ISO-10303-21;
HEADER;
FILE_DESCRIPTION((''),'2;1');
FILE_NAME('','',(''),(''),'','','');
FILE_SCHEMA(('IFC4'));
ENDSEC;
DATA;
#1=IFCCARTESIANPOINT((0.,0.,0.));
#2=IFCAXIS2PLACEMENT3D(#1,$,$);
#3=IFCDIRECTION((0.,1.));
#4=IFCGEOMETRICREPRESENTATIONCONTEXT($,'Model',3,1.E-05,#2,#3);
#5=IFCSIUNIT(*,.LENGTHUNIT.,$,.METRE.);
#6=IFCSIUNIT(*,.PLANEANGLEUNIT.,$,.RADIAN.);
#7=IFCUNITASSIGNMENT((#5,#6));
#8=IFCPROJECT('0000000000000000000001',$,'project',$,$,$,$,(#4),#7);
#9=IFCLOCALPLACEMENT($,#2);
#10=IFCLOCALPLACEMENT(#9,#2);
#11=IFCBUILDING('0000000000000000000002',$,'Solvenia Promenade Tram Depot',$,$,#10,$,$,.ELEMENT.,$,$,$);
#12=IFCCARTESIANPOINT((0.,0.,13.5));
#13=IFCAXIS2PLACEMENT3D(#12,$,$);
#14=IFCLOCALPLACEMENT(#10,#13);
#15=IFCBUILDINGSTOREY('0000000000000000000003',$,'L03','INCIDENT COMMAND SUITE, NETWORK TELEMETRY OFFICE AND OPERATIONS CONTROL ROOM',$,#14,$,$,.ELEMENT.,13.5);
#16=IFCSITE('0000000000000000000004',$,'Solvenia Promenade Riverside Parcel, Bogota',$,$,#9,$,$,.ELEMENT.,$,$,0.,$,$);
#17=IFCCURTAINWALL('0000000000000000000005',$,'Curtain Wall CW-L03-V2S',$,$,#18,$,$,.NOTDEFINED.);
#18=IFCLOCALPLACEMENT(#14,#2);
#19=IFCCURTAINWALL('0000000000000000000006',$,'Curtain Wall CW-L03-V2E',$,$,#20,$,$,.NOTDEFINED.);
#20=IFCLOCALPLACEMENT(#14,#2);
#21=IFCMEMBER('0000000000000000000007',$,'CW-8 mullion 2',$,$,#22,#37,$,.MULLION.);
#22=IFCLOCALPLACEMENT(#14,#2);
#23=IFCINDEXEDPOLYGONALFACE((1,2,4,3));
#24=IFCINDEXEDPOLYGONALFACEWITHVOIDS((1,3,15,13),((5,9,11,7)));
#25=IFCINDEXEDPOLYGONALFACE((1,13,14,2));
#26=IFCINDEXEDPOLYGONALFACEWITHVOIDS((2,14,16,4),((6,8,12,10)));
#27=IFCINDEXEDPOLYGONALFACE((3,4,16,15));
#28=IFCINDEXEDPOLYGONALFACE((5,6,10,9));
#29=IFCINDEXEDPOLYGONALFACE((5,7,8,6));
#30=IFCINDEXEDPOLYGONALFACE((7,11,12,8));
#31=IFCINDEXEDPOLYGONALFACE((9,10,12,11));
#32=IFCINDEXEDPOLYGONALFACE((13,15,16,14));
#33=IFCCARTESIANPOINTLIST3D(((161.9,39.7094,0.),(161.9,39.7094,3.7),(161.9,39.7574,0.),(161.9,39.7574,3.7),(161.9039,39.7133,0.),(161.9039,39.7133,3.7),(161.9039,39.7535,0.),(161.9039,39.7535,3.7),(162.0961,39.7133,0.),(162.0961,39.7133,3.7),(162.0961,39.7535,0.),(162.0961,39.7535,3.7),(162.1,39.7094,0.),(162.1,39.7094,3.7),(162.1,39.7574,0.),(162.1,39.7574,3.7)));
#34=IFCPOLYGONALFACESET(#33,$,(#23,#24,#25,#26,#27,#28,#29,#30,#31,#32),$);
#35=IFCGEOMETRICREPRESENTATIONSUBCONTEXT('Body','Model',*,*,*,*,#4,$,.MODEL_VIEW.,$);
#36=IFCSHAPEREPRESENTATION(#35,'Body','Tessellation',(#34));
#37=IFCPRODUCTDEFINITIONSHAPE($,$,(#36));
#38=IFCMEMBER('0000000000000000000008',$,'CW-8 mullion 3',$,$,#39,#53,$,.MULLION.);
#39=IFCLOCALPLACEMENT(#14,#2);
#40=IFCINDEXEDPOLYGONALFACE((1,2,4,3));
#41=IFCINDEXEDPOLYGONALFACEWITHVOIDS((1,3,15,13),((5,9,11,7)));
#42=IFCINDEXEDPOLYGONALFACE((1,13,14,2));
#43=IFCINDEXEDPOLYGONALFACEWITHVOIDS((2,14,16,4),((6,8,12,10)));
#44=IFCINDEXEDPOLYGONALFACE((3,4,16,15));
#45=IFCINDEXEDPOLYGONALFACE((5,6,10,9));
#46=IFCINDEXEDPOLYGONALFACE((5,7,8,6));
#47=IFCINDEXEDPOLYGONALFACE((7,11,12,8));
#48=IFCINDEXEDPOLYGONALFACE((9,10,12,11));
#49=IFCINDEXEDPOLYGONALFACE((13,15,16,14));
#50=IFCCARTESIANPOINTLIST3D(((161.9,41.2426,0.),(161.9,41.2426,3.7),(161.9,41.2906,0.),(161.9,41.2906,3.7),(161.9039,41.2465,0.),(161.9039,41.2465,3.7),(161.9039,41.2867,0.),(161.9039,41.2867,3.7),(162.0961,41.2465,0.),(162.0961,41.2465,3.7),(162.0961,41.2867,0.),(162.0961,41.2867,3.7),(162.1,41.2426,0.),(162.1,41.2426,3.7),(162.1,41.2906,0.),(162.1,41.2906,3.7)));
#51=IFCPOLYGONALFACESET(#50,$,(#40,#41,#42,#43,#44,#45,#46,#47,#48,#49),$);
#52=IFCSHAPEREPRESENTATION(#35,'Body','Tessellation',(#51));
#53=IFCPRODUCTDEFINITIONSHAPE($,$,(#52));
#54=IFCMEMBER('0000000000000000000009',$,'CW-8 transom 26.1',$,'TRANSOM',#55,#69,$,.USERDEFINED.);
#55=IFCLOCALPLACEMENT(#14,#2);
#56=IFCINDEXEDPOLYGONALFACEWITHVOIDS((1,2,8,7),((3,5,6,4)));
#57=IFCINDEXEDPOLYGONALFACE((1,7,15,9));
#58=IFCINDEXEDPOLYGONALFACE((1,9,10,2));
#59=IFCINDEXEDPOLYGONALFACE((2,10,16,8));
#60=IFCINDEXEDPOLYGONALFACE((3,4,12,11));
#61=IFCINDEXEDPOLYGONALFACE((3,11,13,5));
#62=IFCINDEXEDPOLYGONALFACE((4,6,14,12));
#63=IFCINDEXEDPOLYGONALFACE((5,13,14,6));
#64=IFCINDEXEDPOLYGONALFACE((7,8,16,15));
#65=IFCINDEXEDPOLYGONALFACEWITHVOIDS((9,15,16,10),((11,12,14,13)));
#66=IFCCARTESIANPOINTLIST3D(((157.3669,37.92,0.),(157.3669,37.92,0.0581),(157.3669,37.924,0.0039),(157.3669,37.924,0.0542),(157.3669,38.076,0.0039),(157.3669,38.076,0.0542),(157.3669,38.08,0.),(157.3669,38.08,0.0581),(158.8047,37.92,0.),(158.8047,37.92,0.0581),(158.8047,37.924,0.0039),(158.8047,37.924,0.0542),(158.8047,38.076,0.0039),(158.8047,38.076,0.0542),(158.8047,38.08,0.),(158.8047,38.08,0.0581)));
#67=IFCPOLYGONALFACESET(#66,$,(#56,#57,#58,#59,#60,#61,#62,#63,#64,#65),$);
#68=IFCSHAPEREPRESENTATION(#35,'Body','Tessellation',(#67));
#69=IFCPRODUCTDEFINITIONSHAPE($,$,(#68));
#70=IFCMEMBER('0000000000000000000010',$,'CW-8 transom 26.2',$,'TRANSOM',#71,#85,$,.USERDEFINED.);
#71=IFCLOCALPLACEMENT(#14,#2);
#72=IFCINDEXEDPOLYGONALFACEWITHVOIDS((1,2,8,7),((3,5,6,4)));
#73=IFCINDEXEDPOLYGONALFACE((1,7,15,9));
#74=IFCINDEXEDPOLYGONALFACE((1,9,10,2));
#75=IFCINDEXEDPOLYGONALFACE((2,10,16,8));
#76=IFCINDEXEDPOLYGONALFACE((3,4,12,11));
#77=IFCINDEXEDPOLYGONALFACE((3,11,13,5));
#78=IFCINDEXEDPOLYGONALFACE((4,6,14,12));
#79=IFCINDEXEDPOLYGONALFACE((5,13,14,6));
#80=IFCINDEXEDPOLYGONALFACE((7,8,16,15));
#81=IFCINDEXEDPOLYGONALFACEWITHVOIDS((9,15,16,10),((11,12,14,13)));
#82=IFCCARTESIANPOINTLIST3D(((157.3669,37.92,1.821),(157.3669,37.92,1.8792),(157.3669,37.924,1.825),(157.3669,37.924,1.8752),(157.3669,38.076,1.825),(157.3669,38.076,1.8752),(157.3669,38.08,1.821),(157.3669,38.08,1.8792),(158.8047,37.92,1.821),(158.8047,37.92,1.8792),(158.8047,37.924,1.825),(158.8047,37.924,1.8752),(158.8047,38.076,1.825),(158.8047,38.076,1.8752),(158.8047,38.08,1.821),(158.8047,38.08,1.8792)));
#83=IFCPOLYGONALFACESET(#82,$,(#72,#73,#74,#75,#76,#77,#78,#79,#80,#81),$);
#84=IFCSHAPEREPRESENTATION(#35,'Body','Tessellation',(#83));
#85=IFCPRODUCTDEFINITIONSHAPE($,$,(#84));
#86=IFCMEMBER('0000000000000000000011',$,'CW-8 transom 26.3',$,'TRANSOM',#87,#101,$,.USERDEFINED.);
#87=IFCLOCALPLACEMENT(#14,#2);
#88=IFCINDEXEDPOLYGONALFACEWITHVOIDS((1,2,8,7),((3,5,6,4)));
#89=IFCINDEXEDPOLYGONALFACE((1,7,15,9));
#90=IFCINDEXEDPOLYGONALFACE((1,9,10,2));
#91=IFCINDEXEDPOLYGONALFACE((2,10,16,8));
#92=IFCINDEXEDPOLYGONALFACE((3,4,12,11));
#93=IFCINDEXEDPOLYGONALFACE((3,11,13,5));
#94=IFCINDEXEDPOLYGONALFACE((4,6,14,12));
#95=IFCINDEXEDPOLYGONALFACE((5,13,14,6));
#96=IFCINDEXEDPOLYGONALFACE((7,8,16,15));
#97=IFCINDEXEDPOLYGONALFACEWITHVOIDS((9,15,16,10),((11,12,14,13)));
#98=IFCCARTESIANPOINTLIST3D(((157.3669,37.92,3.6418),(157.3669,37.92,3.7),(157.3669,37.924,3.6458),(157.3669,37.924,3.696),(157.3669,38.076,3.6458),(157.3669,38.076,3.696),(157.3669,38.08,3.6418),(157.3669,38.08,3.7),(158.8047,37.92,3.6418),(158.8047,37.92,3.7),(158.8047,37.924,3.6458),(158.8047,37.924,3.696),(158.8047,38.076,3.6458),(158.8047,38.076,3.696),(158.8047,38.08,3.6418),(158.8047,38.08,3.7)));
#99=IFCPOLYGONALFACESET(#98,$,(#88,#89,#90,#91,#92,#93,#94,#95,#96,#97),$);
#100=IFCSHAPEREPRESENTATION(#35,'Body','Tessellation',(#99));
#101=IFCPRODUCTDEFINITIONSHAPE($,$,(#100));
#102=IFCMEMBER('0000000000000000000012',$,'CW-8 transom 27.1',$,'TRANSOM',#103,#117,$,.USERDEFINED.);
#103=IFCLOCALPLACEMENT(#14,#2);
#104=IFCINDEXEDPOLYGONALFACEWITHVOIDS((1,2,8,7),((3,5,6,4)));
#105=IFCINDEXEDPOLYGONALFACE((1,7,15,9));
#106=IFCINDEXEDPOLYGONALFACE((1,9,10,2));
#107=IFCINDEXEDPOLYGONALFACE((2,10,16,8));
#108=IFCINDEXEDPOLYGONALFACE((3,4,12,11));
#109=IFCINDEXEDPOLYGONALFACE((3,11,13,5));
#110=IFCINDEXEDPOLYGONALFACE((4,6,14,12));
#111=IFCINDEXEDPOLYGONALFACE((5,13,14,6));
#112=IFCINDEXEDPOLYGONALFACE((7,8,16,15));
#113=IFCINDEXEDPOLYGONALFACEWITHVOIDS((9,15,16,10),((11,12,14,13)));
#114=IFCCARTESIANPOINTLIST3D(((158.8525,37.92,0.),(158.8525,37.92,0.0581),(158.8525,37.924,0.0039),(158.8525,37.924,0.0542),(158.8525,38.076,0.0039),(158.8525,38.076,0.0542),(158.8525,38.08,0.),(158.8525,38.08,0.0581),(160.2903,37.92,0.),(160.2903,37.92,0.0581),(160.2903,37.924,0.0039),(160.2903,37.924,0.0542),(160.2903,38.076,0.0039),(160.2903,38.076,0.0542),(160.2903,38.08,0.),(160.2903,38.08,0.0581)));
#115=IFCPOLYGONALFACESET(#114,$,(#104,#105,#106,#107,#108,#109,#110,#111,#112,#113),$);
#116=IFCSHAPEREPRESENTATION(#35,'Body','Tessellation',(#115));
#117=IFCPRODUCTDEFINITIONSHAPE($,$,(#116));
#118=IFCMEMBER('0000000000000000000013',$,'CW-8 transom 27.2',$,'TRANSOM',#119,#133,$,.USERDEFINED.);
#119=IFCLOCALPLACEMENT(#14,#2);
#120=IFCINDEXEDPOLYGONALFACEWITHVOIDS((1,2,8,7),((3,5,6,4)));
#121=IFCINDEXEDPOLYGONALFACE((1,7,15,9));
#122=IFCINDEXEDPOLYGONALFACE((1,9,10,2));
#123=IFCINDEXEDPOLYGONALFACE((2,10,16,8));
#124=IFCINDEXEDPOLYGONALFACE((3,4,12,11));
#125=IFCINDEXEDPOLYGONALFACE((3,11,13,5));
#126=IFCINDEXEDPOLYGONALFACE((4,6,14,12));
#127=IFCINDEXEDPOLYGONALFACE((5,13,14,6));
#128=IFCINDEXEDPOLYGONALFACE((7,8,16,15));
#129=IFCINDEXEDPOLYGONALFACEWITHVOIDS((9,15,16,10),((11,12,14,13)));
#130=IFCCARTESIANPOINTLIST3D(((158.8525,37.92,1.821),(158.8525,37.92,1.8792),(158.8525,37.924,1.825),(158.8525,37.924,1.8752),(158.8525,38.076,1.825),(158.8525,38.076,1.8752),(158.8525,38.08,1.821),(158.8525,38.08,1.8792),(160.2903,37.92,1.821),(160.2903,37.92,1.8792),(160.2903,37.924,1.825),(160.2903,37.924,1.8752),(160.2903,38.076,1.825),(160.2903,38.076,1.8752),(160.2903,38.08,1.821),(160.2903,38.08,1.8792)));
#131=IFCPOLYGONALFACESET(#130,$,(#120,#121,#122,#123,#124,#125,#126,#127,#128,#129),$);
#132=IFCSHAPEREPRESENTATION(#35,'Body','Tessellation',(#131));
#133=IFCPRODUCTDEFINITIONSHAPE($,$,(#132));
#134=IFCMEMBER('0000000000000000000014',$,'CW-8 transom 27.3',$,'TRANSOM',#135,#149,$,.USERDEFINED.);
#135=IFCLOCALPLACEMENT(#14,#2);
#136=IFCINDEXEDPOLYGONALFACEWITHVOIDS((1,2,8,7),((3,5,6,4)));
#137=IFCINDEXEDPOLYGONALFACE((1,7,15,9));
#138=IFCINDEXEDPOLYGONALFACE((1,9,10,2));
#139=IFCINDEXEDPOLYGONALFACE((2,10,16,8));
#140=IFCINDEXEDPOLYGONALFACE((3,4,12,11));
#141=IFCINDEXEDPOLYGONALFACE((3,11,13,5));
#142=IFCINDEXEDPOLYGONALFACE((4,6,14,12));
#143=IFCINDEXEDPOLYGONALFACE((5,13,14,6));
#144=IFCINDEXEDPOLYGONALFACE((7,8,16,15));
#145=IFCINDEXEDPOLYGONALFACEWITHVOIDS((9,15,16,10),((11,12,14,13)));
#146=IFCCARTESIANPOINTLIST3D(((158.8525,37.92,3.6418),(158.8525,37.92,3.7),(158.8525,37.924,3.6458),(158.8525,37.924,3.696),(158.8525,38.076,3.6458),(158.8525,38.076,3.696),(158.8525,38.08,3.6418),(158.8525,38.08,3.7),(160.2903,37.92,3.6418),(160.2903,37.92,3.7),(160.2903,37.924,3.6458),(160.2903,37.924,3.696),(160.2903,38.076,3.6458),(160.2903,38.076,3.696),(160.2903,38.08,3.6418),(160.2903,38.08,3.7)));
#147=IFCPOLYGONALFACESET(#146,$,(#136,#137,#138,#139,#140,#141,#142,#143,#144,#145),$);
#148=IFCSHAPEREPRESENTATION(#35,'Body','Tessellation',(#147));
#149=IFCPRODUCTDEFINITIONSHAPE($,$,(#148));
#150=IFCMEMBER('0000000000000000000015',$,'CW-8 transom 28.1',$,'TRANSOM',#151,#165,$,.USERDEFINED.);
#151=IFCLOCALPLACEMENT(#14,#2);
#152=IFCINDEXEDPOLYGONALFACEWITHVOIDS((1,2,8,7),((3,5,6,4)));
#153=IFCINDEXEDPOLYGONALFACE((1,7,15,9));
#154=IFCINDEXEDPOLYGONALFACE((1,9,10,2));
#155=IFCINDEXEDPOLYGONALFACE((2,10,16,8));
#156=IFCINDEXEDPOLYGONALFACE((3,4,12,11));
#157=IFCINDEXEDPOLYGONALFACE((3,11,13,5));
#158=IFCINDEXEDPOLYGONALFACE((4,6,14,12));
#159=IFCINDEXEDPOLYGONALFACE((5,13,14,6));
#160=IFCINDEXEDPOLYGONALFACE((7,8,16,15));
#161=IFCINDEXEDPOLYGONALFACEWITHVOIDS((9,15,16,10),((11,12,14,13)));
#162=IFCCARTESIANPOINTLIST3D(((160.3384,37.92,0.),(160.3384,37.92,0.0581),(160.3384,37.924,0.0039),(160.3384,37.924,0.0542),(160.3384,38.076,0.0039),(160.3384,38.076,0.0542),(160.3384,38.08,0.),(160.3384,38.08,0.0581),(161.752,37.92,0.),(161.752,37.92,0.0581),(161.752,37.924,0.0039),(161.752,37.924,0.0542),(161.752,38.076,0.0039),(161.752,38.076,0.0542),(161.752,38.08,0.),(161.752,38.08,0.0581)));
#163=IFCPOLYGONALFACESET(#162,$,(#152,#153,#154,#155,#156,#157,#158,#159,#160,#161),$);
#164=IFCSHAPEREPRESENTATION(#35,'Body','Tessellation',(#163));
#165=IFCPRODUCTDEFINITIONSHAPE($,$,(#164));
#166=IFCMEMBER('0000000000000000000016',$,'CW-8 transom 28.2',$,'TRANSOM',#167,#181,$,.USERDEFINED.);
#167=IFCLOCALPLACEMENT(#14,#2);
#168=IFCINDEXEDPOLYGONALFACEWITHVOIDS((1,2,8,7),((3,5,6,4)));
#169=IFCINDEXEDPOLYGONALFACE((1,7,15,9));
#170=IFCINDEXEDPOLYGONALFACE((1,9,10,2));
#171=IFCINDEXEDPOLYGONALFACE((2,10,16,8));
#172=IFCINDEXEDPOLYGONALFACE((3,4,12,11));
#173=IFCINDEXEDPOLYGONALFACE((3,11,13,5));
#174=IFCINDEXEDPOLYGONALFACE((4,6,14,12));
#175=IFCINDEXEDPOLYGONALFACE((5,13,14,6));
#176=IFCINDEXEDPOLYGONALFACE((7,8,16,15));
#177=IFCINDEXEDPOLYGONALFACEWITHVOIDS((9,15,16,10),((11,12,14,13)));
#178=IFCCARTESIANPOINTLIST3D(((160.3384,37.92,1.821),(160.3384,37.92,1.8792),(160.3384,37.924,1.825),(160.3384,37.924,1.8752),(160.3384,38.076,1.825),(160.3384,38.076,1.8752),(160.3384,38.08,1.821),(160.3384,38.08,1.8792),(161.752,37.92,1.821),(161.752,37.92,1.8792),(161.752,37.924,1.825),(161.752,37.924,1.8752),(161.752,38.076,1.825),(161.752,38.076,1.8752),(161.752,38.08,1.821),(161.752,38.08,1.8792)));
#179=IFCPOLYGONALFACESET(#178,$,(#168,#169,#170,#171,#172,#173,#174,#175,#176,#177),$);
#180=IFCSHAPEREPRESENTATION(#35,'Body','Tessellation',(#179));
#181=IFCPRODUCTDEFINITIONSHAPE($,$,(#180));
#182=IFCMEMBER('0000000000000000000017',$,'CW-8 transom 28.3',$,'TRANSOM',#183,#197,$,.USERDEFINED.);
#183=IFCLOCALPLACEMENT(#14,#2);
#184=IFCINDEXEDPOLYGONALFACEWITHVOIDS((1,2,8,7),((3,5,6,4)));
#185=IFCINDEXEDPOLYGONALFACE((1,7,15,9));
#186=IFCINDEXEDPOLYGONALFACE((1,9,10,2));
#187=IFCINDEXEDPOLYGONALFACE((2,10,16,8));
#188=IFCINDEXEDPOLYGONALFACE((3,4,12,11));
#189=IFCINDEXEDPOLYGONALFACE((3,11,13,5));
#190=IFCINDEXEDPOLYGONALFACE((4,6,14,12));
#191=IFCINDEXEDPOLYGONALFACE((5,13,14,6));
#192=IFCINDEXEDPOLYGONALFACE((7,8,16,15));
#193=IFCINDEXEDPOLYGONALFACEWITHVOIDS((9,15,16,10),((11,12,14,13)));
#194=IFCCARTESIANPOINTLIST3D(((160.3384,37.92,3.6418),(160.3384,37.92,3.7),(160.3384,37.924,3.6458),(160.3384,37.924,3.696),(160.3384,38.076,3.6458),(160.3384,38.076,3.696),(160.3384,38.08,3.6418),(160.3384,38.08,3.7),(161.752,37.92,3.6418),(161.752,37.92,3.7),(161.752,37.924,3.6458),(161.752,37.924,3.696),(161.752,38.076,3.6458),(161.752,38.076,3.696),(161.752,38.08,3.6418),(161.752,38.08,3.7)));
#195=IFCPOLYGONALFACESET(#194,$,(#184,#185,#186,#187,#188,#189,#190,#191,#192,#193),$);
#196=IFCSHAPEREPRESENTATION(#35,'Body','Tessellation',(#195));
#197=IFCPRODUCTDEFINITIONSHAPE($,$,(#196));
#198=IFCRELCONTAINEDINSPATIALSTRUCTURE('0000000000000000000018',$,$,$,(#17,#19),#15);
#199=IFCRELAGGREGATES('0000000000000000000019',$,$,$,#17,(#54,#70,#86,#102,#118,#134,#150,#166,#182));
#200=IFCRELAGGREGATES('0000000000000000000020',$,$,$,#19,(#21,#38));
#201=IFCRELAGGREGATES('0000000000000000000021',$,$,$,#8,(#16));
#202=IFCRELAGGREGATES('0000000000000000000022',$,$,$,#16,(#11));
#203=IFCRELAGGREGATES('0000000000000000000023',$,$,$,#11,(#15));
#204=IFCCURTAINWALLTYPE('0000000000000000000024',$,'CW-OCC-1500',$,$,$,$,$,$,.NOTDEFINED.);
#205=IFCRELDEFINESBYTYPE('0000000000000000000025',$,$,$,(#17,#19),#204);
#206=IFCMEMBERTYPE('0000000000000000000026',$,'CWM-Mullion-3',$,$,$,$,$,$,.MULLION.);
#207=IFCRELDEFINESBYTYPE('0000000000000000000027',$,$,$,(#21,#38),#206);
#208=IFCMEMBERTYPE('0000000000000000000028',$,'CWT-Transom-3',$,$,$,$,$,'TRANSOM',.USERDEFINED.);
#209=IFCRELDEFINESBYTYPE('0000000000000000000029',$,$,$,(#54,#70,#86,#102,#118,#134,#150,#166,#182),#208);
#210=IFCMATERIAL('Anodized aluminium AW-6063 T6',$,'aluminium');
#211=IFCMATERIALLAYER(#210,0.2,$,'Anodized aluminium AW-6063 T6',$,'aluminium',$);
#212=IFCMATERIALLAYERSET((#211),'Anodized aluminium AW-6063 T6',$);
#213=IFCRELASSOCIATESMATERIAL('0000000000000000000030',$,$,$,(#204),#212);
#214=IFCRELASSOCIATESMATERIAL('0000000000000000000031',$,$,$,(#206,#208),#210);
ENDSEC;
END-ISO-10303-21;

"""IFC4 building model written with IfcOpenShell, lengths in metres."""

from ifc_helpers import new_model, si_unit, direction, frame, origin, origin_2d, place, context, subcontext, project, spatial, hollow_rectangle, extrude, material, layer, layer_set, material_profile, profile_set, type_object, element, aggregate, save


model = new_model("IFC4")

# Units and contexts
model_context = context("Model", 3, precision=1e-05, world=origin(), true_north=direction((0.0, 1.0)))
body_context = subcontext(model_context, "Body", "Model", "MODEL_VIEW")
ifc_project = project(units=[si_unit("LENGTHUNIT", "METRE"), si_unit("PLANEANGLEUNIT", "RADIAN")], contexts=[model_context])

# Site, building, storey
site_placement = place(None, origin())
site = spatial("IfcSite", under=ifc_project, at=site_placement, Name="Solvenia Promenade Riverside Parcel, Bogota", CompositionType="ELEMENT", RefElevation=0.0)
building_placement = place(site_placement, origin())
building = spatial("IfcBuilding", under=site, at=building_placement, Name="Solvenia Promenade Tram Depot", CompositionType="ELEMENT")
storey_placement = place(building_placement, frame((0.0, 0.0, 13.5)))
storey = spatial("IfcBuildingStorey", under=building, at=storey_placement, Name="L03", Description="INCIDENT COMMAND SUITE, NETWORK TELEMETRY OFFICE AND OPERATIONS CONTROL ROOM", CompositionType="ELEMENT", Elevation=13.5)

# Curtain walls, members
ifc_material_1 = material(Name="Anodized aluminium AW-6063 T6", Category="aluminium")
ifc_layer_1 = layer(ifc_material_1, 0.2, Name="Anodized aluminium AW-6063 T6", Category="aluminium")
ifc_layer_set_1 = layer_set([ifc_layer_1], Name="Anodized aluminium AW-6063 T6")
curtain_wall_type = type_object("IfcCurtainWallType", Name="CW-OCC-1500", PredefinedType="NOTDEFINED", material=ifc_layer_set_1)
curtain_wall_1_placement = place(storey_placement, origin())
curtain_wall_1 = element("IfcCurtainWall", 1, at=curtain_wall_1_placement, inside=storey, type_object=curtain_wall_type, Name="Curtain Wall CW-L03-V2S", PredefinedType="NOTDEFINED")
ifc_material_profile_1 = material_profile(ifc_material_1, hollow_rectangle(XDim=0.2, YDim=0.0481, WallThickness=0.0039, at=origin_2d()), Name="ALU-M3", Category="aluminium")
ifc_profile_set_1 = profile_set([ifc_material_profile_1], Name="Anodized aluminium AW-6063 T6")
member_type_1 = type_object("IfcMemberType", Name="CWM-Mullion-3", PredefinedType="MULLION", material=ifc_profile_set_1)
curtain_wall_2_placement = place(storey_placement, origin())
curtain_wall_2 = element("IfcCurtainWall", 2, at=curtain_wall_2_placement, inside=storey, type_object=curtain_wall_type, Name="Curtain Wall CW-L03-V2E", PredefinedType="NOTDEFINED")
member_1_placement = place(storey_placement, frame((162.0, 39.7334, 0.0), z_axis=(0.0, 0.0, 1.0), x_axis=(-1.0, 0.0, 0.0)))
member_1 = element("IfcMember", 3, at=member_1_placement, type_object=member_type_1, Name="CW-8 mullion 2", PredefinedType="MULLION", context=body_context, shape_type="SweptSolid", body=[
    extrude(hollow_rectangle(XDim=0.2, YDim=0.0481, WallThickness=0.0039, at=origin_2d()), origin(), (0.0, 0.0, 1.0), 3.7),
])
member_2_placement = place(storey_placement, frame((162.0, 41.2666, 0.0), z_axis=(0.0, 0.0, 1.0), x_axis=(-1.0, 0.0, 0.0)))
member_2 = element("IfcMember", 4, at=member_2_placement, type_object=member_type_1, Name="CW-8 mullion 3", PredefinedType="MULLION", context=body_context, shape_type="SweptSolid", body=[
    extrude(hollow_rectangle(XDim=0.2, YDim=0.0481, WallThickness=0.0039, at=origin_2d()), origin(), (0.0, 0.0, 1.0), 3.7),
])

# Members
ifc_material_profile_2 = material_profile(ifc_material_1, hollow_rectangle(XDim=0.1599, YDim=0.0581, WallThickness=0.0039, at=origin_2d()), Name="ALU-T3", Category="aluminium")
ifc_profile_set_2 = profile_set([ifc_material_profile_2], Name="Anodized aluminium AW-6063 T6")
member_type_2 = type_object("IfcMemberType", Name="CWT-Transom-3", ElementType="TRANSOM", PredefinedType="USERDEFINED", material=ifc_profile_set_2)
member_3_placement = place(storey_placement, frame((157.3669, 38.0, 0.0291), z_axis=(1.0, 0.0, 0.0), x_axis=(0.0, 1.0, 0.0)))
member_3 = element("IfcMember", 5, at=member_3_placement, type_object=member_type_2, Name="CW-8 transom 26.1", ObjectType="TRANSOM", PredefinedType="USERDEFINED", context=body_context, shape_type="SweptSolid", body=[
    extrude(hollow_rectangle(XDim=0.1599, YDim=0.0581, WallThickness=0.0039, at=origin_2d()), origin(), (0.0, 0.0, 1.0), 1.4377),
])
member_4_placement = place(storey_placement, frame((157.3669, 38.0, 1.8501), z_axis=(1.0, 0.0, 0.0), x_axis=(0.0, 1.0, 0.0)))
member_4 = element("IfcMember", 6, at=member_4_placement, type_object=member_type_2, Name="CW-8 transom 26.2", ObjectType="TRANSOM", PredefinedType="USERDEFINED", context=body_context, shape_type="SweptSolid", body=[
    extrude(hollow_rectangle(XDim=0.1599, YDim=0.0581, WallThickness=0.0039, at=origin_2d()), origin(), (0.0, 0.0, 1.0), 1.4377),
])
member_5_placement = place(storey_placement, frame((157.3669, 38.0, 3.6709), z_axis=(1.0, 0.0, 0.0), x_axis=(0.0, 1.0, 0.0)))
member_5 = element("IfcMember", 7, at=member_5_placement, type_object=member_type_2, Name="CW-8 transom 26.3", ObjectType="TRANSOM", PredefinedType="USERDEFINED", context=body_context, shape_type="SweptSolid", body=[
    extrude(hollow_rectangle(XDim=0.1599, YDim=0.0581, WallThickness=0.0039, at=origin_2d()), origin(), (0.0, 0.0, 1.0), 1.4377),
])
member_6_placement = place(storey_placement, frame((158.8525, 38.0, 0.0291), z_axis=(1.0, 0.0, 0.0), x_axis=(0.0, 1.0, 0.0)))
member_6 = element("IfcMember", 8, at=member_6_placement, type_object=member_type_2, Name="CW-8 transom 27.1", ObjectType="TRANSOM", PredefinedType="USERDEFINED", context=body_context, shape_type="SweptSolid", body=[
    extrude(hollow_rectangle(XDim=0.1599, YDim=0.0581, WallThickness=0.0039, at=origin_2d()), origin(), (0.0, 0.0, 1.0), 1.4377),
])
member_7_placement = place(storey_placement, frame((158.8525, 38.0, 1.8501), z_axis=(1.0, 0.0, 0.0), x_axis=(0.0, 1.0, 0.0)))
member_7 = element("IfcMember", 9, at=member_7_placement, type_object=member_type_2, Name="CW-8 transom 27.2", ObjectType="TRANSOM", PredefinedType="USERDEFINED", context=body_context, shape_type="SweptSolid", body=[
    extrude(hollow_rectangle(XDim=0.1599, YDim=0.0581, WallThickness=0.0039, at=origin_2d()), origin(), (0.0, 0.0, 1.0), 1.4377),
])
member_8_placement = place(storey_placement, frame((158.8525, 38.0, 3.6709), z_axis=(1.0, 0.0, 0.0), x_axis=(0.0, 1.0, 0.0)))
member_8 = element("IfcMember", 10, at=member_8_placement, type_object=member_type_2, Name="CW-8 transom 27.3", ObjectType="TRANSOM", PredefinedType="USERDEFINED", context=body_context, shape_type="SweptSolid", body=[
    extrude(hollow_rectangle(XDim=0.1599, YDim=0.0581, WallThickness=0.0039, at=origin_2d()), origin(), (0.0, 0.0, 1.0), 1.4377),
])
member_9_placement = place(storey_placement, frame((160.3384, 38.0, 0.0291), z_axis=(1.0, 0.0, 0.0), x_axis=(0.0, 1.0, 0.0)))
member_9 = element("IfcMember", 11, at=member_9_placement, type_object=member_type_2, Name="CW-8 transom 28.1", ObjectType="TRANSOM", PredefinedType="USERDEFINED", context=body_context, shape_type="SweptSolid", body=[
    extrude(hollow_rectangle(XDim=0.1599, YDim=0.0581, WallThickness=0.0039, at=origin_2d()), origin(), (0.0, 0.0, 1.0), 1.4136),
])
member_10_placement = place(storey_placement, frame((160.3384, 38.0, 1.8501), z_axis=(1.0, 0.0, 0.0), x_axis=(0.0, 1.0, 0.0)))
member_10 = element("IfcMember", 12, at=member_10_placement, type_object=member_type_2, Name="CW-8 transom 28.2", ObjectType="TRANSOM", PredefinedType="USERDEFINED", context=body_context, shape_type="SweptSolid", body=[
    extrude(hollow_rectangle(XDim=0.1599, YDim=0.0581, WallThickness=0.0039, at=origin_2d()), origin(), (0.0, 0.0, 1.0), 1.4136),
])
member_11_placement = place(storey_placement, frame((160.3384, 38.0, 3.6709), z_axis=(1.0, 0.0, 0.0), x_axis=(0.0, 1.0, 0.0)))
member_11 = element("IfcMember", 13, at=member_11_placement, type_object=member_type_2, Name="CW-8 transom 28.3", ObjectType="TRANSOM", PredefinedType="USERDEFINED", context=body_context, shape_type="SweptSolid", body=[
    extrude(hollow_rectangle(XDim=0.1599, YDim=0.0581, WallThickness=0.0039, at=origin_2d()), origin(), (0.0, 0.0, 1.0), 1.4136),
])

aggregate(curtain_wall_1, [member_3, member_4, member_5, member_6, member_7, member_8, member_9, member_10, member_11])
aggregate(curtain_wall_2, [member_1, member_2])

save(model, "model.ifc")
